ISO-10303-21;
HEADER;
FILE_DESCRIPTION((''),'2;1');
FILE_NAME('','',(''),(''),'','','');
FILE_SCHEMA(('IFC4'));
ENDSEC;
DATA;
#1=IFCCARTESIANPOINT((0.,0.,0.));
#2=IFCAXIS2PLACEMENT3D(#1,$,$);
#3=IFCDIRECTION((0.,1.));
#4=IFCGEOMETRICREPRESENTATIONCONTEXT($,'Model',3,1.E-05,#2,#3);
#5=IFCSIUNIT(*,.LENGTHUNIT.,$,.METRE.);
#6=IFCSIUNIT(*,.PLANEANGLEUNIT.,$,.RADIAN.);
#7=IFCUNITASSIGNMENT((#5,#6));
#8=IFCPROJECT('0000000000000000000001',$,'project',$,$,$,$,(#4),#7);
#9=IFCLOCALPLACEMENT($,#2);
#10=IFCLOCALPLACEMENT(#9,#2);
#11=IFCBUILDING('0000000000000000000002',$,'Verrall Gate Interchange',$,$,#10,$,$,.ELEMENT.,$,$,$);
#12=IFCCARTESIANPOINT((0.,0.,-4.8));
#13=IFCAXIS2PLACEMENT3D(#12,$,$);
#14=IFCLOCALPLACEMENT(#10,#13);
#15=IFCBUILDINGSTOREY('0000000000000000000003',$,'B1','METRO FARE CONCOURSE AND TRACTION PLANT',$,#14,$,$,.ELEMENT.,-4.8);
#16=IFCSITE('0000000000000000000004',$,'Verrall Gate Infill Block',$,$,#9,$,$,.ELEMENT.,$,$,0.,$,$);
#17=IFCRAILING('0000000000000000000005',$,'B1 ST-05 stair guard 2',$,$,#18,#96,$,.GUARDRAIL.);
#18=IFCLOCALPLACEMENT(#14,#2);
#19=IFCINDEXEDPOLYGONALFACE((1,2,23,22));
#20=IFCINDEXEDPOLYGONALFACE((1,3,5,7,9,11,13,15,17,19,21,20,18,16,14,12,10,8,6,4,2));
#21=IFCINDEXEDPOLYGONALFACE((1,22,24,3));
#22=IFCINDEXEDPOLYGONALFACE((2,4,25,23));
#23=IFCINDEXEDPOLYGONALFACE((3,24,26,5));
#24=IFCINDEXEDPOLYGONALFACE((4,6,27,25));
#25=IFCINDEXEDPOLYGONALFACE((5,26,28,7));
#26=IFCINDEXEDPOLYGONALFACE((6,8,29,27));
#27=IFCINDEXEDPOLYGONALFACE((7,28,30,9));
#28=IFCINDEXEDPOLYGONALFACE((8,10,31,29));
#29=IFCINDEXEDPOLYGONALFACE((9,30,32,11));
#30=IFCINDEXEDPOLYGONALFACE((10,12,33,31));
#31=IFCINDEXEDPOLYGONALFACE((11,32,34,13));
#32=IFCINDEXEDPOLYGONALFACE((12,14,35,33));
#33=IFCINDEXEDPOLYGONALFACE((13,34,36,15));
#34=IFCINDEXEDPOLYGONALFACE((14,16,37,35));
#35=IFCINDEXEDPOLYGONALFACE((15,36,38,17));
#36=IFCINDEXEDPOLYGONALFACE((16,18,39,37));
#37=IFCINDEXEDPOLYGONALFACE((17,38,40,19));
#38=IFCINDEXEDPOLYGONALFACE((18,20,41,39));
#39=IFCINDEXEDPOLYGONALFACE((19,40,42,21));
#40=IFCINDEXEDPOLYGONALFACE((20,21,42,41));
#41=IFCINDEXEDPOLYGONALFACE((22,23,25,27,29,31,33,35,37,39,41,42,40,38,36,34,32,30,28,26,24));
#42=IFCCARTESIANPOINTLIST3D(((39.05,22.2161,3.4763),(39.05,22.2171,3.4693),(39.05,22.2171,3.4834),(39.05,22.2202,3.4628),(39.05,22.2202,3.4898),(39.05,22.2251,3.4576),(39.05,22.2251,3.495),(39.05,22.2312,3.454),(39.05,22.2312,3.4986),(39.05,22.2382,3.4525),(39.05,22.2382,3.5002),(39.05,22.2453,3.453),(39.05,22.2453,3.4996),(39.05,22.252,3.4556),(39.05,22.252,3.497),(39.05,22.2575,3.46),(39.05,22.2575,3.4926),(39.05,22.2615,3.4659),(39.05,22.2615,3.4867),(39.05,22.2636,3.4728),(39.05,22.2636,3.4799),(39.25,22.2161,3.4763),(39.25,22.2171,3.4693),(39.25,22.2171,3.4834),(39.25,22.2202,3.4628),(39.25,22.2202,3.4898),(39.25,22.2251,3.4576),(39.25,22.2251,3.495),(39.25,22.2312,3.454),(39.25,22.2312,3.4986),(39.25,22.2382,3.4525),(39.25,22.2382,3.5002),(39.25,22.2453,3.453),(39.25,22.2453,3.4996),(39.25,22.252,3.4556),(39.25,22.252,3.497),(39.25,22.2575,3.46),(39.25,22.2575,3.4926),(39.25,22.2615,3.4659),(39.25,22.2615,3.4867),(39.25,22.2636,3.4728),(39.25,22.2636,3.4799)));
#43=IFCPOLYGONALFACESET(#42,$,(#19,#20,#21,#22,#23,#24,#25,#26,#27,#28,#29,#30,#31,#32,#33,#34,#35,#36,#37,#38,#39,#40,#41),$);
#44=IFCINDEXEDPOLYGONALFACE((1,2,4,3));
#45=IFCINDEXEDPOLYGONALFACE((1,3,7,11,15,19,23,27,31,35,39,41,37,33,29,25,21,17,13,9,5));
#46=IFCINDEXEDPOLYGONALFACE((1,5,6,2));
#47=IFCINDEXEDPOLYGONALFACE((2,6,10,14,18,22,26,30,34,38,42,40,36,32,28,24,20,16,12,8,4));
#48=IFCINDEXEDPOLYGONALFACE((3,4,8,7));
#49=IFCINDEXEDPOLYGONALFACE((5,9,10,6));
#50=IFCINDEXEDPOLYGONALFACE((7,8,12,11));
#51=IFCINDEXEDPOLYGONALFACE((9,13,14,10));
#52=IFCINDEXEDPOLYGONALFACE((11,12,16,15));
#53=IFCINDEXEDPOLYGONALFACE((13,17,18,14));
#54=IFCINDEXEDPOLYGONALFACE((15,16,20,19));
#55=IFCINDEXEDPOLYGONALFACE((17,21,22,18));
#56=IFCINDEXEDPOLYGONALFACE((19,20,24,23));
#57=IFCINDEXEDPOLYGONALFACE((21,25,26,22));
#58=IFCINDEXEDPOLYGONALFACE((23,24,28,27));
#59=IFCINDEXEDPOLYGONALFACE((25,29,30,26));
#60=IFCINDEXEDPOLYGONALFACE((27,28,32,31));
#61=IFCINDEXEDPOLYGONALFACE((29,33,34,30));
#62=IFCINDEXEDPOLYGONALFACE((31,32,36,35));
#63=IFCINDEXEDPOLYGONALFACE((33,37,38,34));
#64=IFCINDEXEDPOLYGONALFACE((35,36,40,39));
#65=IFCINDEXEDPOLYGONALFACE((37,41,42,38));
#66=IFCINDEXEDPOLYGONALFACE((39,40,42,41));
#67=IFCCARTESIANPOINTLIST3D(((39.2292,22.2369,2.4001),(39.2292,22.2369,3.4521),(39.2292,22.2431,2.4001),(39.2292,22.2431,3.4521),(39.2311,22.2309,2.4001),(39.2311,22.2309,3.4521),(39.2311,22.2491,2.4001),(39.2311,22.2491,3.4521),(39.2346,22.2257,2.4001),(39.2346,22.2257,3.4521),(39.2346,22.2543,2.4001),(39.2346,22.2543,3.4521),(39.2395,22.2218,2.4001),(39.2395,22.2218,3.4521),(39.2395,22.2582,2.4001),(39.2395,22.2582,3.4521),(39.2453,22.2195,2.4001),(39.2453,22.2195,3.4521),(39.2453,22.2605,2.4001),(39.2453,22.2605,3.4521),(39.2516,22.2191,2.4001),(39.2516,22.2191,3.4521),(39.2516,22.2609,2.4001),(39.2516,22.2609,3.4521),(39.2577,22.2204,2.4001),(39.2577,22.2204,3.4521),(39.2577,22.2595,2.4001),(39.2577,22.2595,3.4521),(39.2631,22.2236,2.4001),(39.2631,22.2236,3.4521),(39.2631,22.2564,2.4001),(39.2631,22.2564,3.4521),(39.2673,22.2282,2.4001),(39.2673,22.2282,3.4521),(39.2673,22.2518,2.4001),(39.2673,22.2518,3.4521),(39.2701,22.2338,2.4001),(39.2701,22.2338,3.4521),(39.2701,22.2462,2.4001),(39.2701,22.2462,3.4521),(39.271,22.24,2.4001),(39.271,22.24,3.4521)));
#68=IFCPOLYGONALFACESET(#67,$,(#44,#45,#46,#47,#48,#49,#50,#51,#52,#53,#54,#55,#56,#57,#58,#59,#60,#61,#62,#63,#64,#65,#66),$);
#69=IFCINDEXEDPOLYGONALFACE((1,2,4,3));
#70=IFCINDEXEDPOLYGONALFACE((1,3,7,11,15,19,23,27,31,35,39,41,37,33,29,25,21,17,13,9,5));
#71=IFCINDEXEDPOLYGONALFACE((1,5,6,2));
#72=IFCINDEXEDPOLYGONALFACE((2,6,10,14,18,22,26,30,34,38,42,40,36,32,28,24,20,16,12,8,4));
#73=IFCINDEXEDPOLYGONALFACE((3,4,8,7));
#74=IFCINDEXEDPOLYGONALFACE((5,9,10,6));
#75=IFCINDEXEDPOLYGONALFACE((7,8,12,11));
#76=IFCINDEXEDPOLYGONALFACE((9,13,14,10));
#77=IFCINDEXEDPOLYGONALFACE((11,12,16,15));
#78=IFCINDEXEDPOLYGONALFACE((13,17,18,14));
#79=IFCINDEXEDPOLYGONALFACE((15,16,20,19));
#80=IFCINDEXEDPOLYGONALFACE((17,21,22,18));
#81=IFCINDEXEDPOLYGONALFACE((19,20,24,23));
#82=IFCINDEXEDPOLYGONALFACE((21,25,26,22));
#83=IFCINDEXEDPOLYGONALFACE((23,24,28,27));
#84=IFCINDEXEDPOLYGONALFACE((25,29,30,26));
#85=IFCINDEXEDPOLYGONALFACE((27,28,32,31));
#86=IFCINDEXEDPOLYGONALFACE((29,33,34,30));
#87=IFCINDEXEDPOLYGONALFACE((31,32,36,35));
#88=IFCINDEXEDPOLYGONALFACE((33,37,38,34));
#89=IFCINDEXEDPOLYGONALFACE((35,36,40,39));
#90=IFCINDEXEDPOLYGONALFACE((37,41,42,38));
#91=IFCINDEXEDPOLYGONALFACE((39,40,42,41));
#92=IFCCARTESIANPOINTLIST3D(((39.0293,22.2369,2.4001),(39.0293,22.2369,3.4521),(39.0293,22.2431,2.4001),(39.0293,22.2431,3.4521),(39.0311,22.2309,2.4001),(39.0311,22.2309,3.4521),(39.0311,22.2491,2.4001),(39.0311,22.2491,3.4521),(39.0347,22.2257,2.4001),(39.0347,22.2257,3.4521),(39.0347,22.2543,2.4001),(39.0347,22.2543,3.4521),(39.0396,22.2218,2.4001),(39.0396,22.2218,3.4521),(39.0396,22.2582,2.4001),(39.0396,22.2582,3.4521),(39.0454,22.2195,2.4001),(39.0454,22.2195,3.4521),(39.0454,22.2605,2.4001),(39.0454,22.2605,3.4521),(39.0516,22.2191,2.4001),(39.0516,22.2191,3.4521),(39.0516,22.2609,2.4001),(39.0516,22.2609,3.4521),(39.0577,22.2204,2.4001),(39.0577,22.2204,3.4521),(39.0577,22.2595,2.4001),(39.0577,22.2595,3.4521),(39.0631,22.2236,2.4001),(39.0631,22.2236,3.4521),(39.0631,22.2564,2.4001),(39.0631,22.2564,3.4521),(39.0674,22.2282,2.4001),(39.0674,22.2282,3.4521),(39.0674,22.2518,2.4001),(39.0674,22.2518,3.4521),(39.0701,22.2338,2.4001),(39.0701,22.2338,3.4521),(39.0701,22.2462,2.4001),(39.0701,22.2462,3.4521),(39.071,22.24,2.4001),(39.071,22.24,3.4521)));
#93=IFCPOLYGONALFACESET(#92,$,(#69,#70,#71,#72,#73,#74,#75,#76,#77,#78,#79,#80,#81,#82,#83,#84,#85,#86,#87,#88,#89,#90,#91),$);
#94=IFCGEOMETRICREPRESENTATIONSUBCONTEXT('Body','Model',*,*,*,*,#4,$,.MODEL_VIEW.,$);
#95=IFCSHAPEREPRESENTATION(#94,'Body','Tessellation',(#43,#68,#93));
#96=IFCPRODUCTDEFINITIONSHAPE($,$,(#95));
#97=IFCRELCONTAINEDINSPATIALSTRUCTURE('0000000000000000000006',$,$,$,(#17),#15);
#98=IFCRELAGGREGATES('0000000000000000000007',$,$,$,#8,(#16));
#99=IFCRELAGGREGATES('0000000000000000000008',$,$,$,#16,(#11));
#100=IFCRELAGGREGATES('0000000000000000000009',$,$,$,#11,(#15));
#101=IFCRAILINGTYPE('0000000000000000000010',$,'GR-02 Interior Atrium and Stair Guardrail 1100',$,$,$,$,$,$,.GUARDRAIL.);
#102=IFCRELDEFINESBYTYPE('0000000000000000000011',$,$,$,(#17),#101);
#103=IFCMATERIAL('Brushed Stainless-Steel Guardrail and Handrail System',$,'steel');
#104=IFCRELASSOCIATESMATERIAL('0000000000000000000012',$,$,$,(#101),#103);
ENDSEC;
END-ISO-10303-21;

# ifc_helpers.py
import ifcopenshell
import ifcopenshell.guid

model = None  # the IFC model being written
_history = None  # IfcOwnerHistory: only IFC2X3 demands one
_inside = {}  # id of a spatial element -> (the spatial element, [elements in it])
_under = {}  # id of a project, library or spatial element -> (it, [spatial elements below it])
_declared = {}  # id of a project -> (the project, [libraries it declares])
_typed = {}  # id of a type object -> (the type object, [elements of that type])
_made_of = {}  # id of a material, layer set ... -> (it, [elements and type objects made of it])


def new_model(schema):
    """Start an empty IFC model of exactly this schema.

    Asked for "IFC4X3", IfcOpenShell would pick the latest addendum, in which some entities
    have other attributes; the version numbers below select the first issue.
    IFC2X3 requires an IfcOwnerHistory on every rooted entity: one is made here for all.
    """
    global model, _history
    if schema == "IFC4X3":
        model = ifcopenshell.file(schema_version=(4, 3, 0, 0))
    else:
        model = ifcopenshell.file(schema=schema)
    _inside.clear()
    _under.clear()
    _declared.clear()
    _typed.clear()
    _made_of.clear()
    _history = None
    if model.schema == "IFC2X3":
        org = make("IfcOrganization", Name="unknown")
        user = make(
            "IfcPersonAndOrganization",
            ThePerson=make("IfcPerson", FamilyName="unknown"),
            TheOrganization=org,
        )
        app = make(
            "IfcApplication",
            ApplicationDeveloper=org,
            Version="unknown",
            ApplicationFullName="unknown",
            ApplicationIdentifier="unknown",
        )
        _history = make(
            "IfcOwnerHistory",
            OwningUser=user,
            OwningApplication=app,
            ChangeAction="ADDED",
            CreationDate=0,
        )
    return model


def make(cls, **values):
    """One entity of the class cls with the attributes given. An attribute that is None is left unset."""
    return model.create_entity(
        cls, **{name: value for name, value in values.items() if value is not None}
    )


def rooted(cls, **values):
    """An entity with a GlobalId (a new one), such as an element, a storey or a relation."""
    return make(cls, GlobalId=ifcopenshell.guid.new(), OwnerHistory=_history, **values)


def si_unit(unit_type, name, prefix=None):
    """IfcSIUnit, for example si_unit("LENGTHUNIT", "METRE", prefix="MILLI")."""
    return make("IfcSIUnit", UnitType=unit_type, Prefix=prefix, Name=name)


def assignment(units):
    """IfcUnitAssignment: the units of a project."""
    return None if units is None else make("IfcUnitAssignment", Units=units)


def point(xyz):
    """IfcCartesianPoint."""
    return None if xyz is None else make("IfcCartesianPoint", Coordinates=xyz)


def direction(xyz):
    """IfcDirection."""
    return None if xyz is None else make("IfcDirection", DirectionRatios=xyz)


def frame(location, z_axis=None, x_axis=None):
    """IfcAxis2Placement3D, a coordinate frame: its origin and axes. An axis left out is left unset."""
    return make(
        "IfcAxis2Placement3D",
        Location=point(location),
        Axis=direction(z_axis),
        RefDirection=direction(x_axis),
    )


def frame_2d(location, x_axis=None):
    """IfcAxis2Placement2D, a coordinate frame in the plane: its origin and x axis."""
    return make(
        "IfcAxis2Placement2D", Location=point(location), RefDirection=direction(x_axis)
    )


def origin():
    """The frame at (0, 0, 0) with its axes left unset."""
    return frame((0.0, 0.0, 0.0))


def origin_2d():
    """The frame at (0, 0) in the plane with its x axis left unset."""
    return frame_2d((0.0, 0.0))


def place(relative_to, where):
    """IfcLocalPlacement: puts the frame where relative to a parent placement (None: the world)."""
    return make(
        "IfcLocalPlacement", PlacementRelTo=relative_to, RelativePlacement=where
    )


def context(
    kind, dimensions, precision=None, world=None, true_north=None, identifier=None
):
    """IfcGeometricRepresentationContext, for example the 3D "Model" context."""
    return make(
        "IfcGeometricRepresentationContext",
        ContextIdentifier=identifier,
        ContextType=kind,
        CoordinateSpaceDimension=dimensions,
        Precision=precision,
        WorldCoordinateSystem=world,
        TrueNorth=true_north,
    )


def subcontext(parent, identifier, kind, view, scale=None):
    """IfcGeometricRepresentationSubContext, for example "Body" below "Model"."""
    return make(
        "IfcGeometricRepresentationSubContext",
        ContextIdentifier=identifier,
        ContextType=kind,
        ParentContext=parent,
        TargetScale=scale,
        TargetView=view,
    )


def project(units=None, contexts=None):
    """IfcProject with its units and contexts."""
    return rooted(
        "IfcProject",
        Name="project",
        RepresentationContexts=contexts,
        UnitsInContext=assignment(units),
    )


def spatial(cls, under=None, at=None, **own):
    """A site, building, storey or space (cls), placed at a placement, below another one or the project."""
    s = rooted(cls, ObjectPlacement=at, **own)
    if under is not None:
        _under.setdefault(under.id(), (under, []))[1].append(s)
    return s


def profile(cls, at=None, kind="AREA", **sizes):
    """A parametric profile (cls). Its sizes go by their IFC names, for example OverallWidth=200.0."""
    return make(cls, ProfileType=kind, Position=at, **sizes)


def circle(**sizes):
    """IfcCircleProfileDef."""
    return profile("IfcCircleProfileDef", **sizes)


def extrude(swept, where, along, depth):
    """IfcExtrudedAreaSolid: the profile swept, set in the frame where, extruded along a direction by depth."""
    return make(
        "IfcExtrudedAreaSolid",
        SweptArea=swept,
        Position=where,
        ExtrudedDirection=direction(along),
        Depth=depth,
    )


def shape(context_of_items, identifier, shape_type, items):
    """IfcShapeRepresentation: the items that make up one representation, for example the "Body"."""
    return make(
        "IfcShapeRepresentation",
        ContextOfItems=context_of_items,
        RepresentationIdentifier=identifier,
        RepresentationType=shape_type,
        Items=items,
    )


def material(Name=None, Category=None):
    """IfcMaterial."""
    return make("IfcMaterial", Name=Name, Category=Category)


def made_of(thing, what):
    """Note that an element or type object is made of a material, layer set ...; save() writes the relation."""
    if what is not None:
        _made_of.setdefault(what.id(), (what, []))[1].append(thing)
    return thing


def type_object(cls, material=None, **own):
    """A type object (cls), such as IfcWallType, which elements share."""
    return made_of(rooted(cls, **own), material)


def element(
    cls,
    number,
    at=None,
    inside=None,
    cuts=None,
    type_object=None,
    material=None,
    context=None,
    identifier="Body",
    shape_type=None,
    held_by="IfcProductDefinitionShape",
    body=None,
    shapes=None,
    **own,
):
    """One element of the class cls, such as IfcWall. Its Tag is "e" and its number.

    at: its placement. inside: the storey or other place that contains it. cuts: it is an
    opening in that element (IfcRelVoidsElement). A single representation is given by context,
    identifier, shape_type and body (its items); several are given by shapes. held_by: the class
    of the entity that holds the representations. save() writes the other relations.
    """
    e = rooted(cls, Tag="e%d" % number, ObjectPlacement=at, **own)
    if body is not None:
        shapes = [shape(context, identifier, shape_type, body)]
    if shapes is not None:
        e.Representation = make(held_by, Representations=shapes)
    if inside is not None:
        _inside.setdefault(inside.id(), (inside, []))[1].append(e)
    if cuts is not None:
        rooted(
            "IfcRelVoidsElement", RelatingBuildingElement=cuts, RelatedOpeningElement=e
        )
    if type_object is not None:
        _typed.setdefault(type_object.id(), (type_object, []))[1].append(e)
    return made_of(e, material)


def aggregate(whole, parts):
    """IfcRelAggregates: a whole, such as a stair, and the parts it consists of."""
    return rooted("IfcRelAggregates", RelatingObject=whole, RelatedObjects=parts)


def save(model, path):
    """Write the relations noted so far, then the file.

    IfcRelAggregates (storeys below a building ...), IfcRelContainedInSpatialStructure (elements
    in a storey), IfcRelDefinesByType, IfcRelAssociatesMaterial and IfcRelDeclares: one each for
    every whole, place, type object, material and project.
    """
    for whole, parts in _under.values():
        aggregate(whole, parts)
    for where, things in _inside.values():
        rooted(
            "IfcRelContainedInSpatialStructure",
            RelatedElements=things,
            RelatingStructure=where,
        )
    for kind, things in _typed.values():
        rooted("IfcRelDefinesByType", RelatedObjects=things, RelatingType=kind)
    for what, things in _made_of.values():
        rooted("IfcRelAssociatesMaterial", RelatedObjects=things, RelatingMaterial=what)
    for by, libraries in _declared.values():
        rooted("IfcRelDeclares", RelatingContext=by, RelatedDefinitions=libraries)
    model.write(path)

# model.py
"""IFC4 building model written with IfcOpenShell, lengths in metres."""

from ifc_helpers import new_model, si_unit, direction, frame, origin, origin_2d, place, context, subcontext, project, spatial, circle, extrude, material, type_object, element, save


model = new_model("IFC4")

# Units and contexts
model_context = context("Model", 3, precision=1e-05, world=origin(), true_north=direction((0.0, 1.0)))
body_context = subcontext(model_context, "Body", "Model", "MODEL_VIEW")
ifc_project = project(units=[si_unit("LENGTHUNIT", "METRE"), si_unit("PLANEANGLEUNIT", "RADIAN")], contexts=[model_context])

# Site, building, storey
site_placement = place(None, origin())
site = spatial("IfcSite", under=ifc_project, at=site_placement, Name="Verrall Gate Infill Block", CompositionType="ELEMENT", RefElevation=0.0)
building_placement = place(site_placement, origin())
building = spatial("IfcBuilding", under=site, at=building_placement, Name="Verrall Gate Interchange", CompositionType="ELEMENT")
storey_placement = place(building_placement, frame((0.0, 0.0, -4.8)))
storey = spatial("IfcBuildingStorey", under=building, at=storey_placement, Name="B1", Description="METRO FARE CONCOURSE AND TRACTION PLANT", CompositionType="ELEMENT", Elevation=-4.8)

# Railing
ifc_material_1 = material(Name="Brushed Stainless-Steel Guardrail and Handrail System", Category="steel")
railing_type_1 = type_object("IfcRailingType", Name="GR-02 Interior Atrium and Stair Guardrail 1100", PredefinedType="GUARDRAIL", material=ifc_material_1)
railing_1_placement = place(storey_placement, frame((39.25, 22.24, 2.4001)))
element("IfcRailing", 1, at=railing_1_placement, inside=storey, type_object=railing_type_1, Name="B1 ST-05 stair guard 2", PredefinedType="GUARDRAIL", context=body_context, shape_type="SweptSolid", body=[
    extrude(circle(Radius=0.0239, at=origin_2d()), frame((0.0, 0.0, 1.0762), z_axis=(-1.0, 0.0, 0.0), x_axis=(0.0, -1.0, 0.0)), (0.0, 0.0, 1.0), 0.2),
    extrude(circle(Radius=0.021, at=origin_2d()), origin(), (0.0, 0.0, 1.0), 1.052),
    extrude(circle(Radius=0.021, at=origin_2d()), frame((-0.2, 0.0, 0.0)), (0.0, 0.0, 1.0), 1.052),
])

save(model, "model.ifc")
